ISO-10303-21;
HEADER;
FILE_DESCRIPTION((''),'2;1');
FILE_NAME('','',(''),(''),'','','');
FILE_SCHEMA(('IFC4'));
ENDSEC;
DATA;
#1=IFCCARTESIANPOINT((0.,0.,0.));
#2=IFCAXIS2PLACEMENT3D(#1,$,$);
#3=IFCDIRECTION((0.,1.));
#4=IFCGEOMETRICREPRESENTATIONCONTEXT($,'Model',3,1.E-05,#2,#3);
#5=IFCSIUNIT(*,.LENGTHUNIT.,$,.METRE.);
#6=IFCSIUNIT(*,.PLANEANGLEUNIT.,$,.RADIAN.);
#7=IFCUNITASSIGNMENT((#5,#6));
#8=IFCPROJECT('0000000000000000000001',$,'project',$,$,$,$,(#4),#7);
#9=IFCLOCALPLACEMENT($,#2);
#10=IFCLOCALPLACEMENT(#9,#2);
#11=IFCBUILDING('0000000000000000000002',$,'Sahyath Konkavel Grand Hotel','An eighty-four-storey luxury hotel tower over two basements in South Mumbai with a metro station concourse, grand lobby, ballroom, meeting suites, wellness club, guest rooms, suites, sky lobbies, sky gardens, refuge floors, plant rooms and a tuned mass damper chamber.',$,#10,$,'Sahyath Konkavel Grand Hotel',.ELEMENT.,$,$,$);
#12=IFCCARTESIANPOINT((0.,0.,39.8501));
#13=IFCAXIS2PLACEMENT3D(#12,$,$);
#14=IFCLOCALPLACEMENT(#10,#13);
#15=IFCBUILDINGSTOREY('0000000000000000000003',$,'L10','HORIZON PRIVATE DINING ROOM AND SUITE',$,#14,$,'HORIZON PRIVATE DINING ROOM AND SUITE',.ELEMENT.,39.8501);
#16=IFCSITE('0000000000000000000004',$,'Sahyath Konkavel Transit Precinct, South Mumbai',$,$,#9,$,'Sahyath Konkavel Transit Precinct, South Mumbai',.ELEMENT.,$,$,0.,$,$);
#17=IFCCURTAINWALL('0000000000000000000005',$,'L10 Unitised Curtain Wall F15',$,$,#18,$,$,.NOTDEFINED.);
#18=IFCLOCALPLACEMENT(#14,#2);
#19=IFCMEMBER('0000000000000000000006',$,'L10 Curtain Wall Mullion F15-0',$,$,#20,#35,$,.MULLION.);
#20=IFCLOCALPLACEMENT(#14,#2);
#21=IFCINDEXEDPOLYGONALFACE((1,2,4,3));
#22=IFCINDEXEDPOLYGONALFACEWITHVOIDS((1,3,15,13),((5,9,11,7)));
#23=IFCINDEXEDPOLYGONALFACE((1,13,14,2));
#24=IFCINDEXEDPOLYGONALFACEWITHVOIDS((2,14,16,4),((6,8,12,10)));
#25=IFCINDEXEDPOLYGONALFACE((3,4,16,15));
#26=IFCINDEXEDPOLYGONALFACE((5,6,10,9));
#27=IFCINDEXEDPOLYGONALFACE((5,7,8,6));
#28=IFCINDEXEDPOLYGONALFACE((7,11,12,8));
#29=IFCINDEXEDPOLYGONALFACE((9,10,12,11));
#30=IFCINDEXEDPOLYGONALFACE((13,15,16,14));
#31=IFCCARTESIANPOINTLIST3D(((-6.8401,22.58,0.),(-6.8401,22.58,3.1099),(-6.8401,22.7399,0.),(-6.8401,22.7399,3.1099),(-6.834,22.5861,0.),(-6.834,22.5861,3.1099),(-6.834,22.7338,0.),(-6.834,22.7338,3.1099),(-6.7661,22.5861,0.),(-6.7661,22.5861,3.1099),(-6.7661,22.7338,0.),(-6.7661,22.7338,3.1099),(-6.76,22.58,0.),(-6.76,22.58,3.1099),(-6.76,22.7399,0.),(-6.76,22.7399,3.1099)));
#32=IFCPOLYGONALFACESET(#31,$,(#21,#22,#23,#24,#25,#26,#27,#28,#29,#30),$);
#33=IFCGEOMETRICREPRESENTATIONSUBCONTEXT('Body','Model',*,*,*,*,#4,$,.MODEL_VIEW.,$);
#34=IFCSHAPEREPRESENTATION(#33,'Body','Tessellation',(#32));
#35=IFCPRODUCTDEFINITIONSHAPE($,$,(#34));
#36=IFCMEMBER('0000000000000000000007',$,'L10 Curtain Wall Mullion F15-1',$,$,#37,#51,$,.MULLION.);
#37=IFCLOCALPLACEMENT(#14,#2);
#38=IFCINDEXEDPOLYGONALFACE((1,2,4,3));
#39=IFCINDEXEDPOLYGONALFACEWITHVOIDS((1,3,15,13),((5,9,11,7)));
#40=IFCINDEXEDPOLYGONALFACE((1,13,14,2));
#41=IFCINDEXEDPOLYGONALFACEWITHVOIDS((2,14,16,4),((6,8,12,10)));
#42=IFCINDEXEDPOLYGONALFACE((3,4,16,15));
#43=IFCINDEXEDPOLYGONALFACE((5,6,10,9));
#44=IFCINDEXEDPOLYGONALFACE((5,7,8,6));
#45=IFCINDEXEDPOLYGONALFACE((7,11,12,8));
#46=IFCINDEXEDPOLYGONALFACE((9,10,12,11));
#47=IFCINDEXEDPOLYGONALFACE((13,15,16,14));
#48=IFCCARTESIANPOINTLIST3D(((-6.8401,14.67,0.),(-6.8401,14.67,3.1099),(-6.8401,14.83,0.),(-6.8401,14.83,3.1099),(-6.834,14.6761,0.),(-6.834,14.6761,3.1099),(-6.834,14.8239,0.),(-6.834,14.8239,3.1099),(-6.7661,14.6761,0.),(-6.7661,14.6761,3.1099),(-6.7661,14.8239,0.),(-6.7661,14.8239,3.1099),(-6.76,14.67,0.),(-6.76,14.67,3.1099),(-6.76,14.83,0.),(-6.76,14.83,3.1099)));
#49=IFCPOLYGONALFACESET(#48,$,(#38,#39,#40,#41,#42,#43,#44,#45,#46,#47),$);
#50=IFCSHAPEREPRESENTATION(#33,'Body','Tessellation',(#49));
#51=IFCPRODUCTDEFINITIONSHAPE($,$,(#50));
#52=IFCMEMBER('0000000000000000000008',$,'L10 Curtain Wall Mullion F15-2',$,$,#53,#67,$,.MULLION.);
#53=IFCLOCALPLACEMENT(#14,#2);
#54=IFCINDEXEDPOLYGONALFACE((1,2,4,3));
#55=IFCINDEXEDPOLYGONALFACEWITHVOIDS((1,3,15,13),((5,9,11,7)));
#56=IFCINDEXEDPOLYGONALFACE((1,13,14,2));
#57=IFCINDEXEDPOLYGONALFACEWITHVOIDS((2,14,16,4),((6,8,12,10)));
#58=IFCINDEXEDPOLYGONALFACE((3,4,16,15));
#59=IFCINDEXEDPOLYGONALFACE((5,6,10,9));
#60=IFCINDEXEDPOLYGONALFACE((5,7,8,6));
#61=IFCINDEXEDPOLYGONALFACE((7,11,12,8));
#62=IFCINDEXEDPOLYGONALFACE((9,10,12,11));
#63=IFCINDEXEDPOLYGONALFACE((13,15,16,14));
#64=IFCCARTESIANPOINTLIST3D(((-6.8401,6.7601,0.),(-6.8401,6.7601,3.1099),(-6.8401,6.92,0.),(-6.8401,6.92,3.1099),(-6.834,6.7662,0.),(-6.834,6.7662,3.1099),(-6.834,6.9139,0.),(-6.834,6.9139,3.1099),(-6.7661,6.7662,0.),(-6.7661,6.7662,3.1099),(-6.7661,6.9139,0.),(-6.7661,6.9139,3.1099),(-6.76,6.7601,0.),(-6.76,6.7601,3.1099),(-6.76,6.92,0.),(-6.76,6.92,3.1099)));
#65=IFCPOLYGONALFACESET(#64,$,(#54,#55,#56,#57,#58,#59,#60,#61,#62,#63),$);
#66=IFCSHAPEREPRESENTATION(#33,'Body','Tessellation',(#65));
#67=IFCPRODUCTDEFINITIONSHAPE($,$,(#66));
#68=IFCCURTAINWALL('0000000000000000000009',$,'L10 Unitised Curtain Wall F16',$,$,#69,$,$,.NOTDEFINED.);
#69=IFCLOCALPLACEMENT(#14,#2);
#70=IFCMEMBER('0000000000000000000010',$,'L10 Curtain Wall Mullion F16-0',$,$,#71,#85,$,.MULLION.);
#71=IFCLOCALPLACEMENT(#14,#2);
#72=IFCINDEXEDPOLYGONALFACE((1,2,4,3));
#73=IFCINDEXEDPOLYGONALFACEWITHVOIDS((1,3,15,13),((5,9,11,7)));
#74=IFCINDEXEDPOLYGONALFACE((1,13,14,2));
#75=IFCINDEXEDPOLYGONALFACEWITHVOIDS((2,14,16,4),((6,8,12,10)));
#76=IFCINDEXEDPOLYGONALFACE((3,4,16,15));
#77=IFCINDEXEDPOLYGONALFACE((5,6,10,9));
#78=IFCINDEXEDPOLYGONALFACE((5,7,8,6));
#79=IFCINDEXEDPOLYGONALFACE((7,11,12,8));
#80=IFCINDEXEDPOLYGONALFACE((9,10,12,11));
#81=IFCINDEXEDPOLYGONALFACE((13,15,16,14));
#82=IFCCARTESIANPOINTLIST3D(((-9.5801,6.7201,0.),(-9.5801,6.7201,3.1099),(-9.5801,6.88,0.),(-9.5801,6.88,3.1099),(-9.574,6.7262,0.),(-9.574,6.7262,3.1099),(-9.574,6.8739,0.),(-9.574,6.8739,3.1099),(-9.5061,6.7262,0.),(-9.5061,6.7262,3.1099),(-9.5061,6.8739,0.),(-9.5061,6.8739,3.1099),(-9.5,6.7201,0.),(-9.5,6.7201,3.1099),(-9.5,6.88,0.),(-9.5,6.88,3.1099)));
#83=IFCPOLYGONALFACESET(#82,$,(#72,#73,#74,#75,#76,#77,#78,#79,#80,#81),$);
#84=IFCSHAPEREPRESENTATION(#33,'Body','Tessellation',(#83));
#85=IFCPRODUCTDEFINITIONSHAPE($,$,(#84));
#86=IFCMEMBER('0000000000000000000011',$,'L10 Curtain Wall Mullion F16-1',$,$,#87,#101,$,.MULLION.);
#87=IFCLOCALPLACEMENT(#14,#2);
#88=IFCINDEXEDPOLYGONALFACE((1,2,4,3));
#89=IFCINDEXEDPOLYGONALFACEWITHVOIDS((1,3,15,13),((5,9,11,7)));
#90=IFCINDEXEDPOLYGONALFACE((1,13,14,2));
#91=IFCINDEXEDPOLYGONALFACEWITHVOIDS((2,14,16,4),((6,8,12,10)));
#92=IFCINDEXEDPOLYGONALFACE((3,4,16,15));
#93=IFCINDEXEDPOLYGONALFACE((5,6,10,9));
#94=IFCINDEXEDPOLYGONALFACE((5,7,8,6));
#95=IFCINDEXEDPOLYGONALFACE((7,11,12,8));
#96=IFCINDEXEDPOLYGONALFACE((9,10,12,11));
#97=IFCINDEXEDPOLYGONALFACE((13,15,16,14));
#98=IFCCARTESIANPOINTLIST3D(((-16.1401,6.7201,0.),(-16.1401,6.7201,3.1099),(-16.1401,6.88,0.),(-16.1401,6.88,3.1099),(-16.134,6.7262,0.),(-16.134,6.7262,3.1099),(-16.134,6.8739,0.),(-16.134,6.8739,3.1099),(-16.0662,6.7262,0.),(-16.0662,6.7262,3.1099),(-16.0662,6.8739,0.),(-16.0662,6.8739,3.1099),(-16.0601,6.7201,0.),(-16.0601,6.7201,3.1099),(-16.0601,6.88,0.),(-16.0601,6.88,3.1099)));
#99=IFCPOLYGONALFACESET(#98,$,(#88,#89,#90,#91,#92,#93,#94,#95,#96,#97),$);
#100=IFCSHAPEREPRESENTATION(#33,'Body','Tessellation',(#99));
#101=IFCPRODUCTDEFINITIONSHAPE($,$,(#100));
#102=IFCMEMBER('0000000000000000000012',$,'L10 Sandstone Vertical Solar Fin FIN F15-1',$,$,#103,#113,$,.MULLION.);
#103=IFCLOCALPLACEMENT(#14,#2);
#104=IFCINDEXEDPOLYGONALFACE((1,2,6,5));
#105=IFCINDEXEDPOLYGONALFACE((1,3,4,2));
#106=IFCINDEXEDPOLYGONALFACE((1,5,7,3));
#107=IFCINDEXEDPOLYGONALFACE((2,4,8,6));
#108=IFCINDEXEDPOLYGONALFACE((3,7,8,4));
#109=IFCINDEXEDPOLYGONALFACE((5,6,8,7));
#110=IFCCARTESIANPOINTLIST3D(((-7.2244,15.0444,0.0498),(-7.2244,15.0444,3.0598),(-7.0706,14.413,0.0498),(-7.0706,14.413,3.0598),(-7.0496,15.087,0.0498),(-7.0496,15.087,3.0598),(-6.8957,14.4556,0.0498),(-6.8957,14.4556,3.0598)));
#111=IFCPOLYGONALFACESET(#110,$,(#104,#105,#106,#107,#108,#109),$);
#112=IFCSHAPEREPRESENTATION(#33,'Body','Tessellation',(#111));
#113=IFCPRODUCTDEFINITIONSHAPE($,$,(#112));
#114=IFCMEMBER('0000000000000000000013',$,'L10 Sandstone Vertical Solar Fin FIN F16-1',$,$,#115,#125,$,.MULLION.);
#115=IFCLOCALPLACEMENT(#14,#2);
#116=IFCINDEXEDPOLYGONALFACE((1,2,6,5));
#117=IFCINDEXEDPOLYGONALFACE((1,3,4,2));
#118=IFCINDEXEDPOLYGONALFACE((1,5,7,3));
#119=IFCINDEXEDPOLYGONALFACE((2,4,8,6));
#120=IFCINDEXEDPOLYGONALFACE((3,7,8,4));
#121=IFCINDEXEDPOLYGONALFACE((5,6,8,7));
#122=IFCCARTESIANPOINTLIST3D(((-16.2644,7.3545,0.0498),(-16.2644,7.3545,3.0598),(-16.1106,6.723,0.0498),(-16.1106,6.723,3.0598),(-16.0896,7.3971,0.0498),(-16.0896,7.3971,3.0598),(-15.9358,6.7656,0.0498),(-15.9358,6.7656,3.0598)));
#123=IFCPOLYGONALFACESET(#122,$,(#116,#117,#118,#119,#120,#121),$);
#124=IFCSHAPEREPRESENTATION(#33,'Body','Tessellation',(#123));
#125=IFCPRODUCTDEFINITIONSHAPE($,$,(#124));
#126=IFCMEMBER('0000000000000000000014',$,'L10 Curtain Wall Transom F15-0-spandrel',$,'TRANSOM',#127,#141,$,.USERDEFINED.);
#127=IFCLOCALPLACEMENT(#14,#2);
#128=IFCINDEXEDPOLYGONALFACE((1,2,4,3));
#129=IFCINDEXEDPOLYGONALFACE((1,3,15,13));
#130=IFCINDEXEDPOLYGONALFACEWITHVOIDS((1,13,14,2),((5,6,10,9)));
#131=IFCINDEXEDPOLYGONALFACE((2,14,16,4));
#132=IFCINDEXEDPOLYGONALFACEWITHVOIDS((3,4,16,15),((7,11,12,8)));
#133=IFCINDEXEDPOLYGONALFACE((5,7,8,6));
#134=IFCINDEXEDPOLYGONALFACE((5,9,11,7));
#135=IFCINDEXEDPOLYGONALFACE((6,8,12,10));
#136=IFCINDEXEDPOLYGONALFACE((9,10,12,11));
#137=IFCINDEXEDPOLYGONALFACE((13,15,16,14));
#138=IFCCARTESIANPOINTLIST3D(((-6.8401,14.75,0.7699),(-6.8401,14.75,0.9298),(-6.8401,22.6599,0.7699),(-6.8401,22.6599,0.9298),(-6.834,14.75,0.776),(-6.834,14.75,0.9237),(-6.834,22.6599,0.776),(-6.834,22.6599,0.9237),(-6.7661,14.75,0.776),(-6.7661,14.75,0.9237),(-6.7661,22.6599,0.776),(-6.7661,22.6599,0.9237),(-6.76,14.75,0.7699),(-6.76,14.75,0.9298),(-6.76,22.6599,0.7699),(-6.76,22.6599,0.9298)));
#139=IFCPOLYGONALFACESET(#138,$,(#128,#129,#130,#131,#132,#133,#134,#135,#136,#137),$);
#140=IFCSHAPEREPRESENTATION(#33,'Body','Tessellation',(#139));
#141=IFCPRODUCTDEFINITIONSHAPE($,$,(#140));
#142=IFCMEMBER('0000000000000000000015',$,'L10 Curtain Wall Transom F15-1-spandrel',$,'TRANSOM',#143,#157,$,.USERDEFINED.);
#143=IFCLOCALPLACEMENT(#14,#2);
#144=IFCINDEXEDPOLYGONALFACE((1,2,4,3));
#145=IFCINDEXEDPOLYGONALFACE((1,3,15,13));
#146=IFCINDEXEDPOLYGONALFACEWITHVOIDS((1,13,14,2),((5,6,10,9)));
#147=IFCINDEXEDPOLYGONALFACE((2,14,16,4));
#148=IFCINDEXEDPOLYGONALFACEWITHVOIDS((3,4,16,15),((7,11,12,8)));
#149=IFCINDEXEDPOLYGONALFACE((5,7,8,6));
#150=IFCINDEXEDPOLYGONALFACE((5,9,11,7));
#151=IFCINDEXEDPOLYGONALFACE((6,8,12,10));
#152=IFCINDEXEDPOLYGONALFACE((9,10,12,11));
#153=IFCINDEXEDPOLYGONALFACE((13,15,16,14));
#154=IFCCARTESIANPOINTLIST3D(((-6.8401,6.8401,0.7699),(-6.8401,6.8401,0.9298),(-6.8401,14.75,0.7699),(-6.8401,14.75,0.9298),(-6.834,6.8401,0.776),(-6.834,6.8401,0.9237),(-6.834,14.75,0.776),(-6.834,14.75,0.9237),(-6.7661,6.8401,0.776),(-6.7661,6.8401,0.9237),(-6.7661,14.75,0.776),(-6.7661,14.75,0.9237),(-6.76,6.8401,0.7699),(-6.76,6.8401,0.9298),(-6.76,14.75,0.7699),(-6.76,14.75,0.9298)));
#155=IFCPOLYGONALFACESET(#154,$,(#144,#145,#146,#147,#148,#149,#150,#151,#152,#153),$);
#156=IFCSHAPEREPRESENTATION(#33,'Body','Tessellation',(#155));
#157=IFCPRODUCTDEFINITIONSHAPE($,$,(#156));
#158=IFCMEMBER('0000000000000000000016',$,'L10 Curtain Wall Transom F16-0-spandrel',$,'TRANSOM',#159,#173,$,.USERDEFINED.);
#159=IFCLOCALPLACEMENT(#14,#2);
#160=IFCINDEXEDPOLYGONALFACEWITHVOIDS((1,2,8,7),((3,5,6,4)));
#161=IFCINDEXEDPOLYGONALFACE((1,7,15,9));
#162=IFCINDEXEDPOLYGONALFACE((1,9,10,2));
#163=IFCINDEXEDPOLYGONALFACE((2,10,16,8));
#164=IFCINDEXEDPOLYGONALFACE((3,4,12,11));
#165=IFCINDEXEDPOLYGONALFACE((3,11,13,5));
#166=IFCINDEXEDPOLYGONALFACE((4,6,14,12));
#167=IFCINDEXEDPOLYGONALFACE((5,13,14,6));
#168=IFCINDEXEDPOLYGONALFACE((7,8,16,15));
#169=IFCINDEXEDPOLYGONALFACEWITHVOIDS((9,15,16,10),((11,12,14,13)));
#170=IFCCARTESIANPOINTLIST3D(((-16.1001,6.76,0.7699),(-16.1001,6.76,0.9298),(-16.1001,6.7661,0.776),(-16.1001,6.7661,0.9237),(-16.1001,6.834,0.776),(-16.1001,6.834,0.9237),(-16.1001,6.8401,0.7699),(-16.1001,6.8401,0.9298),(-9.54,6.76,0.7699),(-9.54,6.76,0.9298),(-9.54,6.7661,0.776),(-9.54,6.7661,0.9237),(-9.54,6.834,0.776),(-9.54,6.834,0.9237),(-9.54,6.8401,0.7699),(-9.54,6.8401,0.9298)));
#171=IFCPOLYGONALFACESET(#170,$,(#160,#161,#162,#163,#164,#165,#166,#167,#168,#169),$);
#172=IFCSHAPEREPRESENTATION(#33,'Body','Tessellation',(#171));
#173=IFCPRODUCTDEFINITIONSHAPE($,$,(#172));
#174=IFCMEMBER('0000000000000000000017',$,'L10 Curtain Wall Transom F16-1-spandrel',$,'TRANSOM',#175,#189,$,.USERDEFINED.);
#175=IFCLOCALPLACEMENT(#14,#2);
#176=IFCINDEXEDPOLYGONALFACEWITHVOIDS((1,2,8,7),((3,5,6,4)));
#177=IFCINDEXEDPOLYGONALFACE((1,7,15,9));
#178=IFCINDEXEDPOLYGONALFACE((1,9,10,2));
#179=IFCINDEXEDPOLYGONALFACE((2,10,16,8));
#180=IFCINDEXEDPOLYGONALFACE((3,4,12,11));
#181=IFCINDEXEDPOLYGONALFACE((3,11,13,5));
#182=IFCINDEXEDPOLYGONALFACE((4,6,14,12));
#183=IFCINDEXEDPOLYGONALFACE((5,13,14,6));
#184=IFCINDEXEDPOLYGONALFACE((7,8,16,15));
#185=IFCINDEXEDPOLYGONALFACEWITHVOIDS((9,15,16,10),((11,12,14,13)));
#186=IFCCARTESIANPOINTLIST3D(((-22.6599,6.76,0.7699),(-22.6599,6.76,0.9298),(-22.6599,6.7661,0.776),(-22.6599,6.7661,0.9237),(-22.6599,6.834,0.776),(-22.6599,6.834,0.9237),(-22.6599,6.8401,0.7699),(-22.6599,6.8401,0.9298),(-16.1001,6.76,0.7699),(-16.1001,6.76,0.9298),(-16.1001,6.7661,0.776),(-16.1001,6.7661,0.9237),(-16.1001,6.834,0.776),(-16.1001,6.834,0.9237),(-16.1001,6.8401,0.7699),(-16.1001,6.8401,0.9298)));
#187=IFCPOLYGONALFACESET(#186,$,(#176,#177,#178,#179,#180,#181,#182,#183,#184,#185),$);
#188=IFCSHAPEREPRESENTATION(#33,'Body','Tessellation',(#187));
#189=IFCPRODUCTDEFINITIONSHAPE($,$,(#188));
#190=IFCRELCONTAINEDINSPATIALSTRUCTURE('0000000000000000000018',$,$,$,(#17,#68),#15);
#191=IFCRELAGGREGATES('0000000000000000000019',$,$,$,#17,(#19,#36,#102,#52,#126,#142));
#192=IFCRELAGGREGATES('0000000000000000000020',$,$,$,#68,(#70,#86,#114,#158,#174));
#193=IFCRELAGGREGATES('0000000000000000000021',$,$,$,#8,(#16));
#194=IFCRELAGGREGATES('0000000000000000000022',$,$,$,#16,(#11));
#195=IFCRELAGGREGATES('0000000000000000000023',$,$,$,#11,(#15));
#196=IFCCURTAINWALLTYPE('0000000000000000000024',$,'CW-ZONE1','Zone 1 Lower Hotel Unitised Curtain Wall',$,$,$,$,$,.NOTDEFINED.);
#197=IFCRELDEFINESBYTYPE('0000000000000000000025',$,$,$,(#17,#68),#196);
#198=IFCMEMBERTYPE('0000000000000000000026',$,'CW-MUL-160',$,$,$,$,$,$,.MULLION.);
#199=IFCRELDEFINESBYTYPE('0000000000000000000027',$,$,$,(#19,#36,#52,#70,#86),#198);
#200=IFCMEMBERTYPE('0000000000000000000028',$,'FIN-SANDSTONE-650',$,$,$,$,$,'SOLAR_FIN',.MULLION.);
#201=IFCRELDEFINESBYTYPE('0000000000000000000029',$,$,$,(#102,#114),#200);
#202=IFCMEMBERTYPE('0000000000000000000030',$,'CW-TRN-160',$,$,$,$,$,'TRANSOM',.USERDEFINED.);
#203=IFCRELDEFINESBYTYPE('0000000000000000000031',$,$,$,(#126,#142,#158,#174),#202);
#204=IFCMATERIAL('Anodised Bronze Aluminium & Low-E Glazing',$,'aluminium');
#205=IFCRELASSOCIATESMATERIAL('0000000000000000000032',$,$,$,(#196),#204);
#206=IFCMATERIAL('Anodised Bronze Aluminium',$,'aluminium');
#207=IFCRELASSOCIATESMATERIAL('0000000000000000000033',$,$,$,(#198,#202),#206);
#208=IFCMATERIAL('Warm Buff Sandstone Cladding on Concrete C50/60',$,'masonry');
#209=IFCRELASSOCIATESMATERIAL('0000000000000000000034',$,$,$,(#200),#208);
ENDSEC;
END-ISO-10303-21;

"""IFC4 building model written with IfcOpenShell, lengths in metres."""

from ifc_helpers import new_model, si_unit, direction, frame, origin, origin_2d, place, context, subcontext, project, spatial, rectangle, hollow_rectangle, extrude, source, transform, mapped, material, material_profile, profile_set, type_object, element, aggregate, save


model = new_model("IFC4")

# Units and contexts
model_context = context("Model", 3, precision=1e-05, world=origin(), true_north=direction((0.0, 1.0)))
body_context = subcontext(model_context, "Body", "Model", "MODEL_VIEW")
ifc_project = project(units=[si_unit("LENGTHUNIT", "METRE"), si_unit("PLANEANGLEUNIT", "RADIAN")], contexts=[model_context])

# Site, building, storey
site_placement = place(None, origin())
site = spatial("IfcSite", under=ifc_project, at=site_placement, Name="Sahyath Konkavel Transit Precinct, South Mumbai", LongName="Sahyath Konkavel Transit Precinct, South Mumbai", CompositionType="ELEMENT", RefElevation=0.0)
building_placement = place(site_placement, origin())
building = spatial("IfcBuilding", under=site, at=building_placement, Name="Sahyath Konkavel Grand Hotel", Description="An eighty-four-storey luxury hotel tower over two basements in South Mumbai with a metro station concourse, grand lobby, ballroom, meeting suites, wellness club, guest rooms, suites, sky lobbies, sky gardens, refuge floors, plant rooms and a tuned mass damper chamber.", LongName="Sahyath Konkavel Grand Hotel", CompositionType="ELEMENT")
storey_placement = place(building_placement, frame((0.0, 0.0, 39.8501)))
storey = spatial("IfcBuildingStorey", under=building, at=storey_placement, Name="L10", Description="HORIZON PRIVATE DINING ROOM AND SUITE", LongName="HORIZON PRIVATE DINING ROOM AND SUITE", CompositionType="ELEMENT", Elevation=39.8501)

# Curtain walls, members
ifc_material_1 = material(Name="Anodised Bronze Aluminium & Low-E Glazing", Category="aluminium")
curtain_wall_type = type_object("IfcCurtainWallType", Name="CW-ZONE1", Description="Zone 1 Lower Hotel Unitised Curtain Wall", PredefinedType="NOTDEFINED", material=ifc_material_1)
curtain_wall_1_placement = place(storey_placement, origin())
curtain_wall_1 = element("IfcCurtainWall", 1, at=curtain_wall_1_placement, inside=storey, type_object=curtain_wall_type, Name="L10 Unitised Curtain Wall F15", PredefinedType="NOTDEFINED")
ifc_material_2 = material(Name="Anodised Bronze Aluminium", Category="aluminium")
ifc_material_profile_1 = material_profile(ifc_material_2, hollow_rectangle(XDim=0.0801, YDim=0.1599, WallThickness=0.0061, at=origin_2d()), Name="RHS 160x80x6")
ifc_profile_set_1 = profile_set([ifc_material_profile_1], Name="Anodised Bronze Aluminium")
member_type_1 = type_object("IfcMemberType", Name="CW-MUL-160", PredefinedType="MULLION", material=ifc_profile_set_1)
shared_shape_1 = source(origin(), body_context, "Body", "SweptSolid", [
    extrude(hollow_rectangle(XDim=0.0801, YDim=0.1599, WallThickness=0.0061, at=origin_2d()), origin(), (0.0, 0.0, 1.0), 3.1099),
])
member_1_placement = place(storey_placement, frame((-6.8, 22.6599, 0.0), z_axis=(0.0, 0.0, 1.0), x_axis=(1.0, 0.0, 0.0)))
member_1 = element("IfcMember", 2, at=member_1_placement, type_object=member_type_1, Name="L10 Curtain Wall Mullion F15-0", PredefinedType="MULLION", context=body_context, shape_type="MappedRepresentation", body=[
    mapped(shared_shape_1, transform((0.0, 0.0, 0.0), scale=1.0)),
])
member_2_placement = place(storey_placement, frame((-6.8, 14.75, 0.0), z_axis=(0.0, 0.0, 1.0), x_axis=(1.0, 0.0, 0.0)))
member_2 = element("IfcMember", 3, at=member_2_placement, type_object=member_type_1, Name="L10 Curtain Wall Mullion F15-1", PredefinedType="MULLION", context=body_context, shape_type="MappedRepresentation", body=[
    mapped(shared_shape_1, transform((0.0, 0.0, 0.0), scale=1.0)),
])
member_3_placement = place(storey_placement, frame((-6.8, 6.8401, 0.0), z_axis=(0.0, 0.0, 1.0), x_axis=(1.0, 0.0, 0.0)))
member_3 = element("IfcMember", 4, at=member_3_placement, type_object=member_type_1, Name="L10 Curtain Wall Mullion F15-2", PredefinedType="MULLION", context=body_context, shape_type="MappedRepresentation", body=[
    mapped(shared_shape_1, transform((0.0, 0.0, 0.0), scale=1.0)),
])
curtain_wall_2_placement = place(storey_placement, origin())
curtain_wall_2 = element("IfcCurtainWall", 5, at=curtain_wall_2_placement, inside=storey, type_object=curtain_wall_type, Name="L10 Unitised Curtain Wall F16", PredefinedType="NOTDEFINED")
member_4_placement = place(storey_placement, frame((-9.54, 6.8, 0.0), z_axis=(0.0, 0.0, 1.0), x_axis=(1.0, 0.0, 0.0)))
member_4 = element("IfcMember", 6, at=member_4_placement, type_object=member_type_1, Name="L10 Curtain Wall Mullion F16-0", PredefinedType="MULLION", context=body_context, shape_type="MappedRepresentation", body=[
    mapped(shared_shape_1, transform((0.0, 0.0, 0.0), scale=1.0)),
])
member_5_placement = place(storey_placement, frame((-16.1001, 6.8, 0.0), z_axis=(0.0, 0.0, 1.0), x_axis=(1.0, 0.0, 0.0)))
member_5 = element("IfcMember", 7, at=member_5_placement, type_object=member_type_1, Name="L10 Curtain Wall Mullion F16-1", PredefinedType="MULLION", context=body_context, shape_type="MappedRepresentation", body=[
    mapped(shared_shape_1, transform((0.0, 0.0, 0.0), scale=1.0)),
])

# Members
ifc_material_3 = material(Name="Warm Buff Sandstone Cladding on Concrete C50/60", Category="masonry")
ifc_material_profile_2 = material_profile(ifc_material_3, rectangle(XDim=0.1799, YDim=0.6499, at=origin_2d()), Name="FIN 180x650")
ifc_profile_set_2 = profile_set([ifc_material_profile_2], Name="Warm Buff Sandstone Cladding on Concrete C50/60")
member_type_2 = type_object("IfcMemberType", Name="FIN-SANDSTONE-650", ElementType="SOLAR_FIN", PredefinedType="MULLION", material=ifc_profile_set_2)
shared_shape_2 = source(origin(), body_context, "Body", "SweptSolid", [
    extrude(rectangle(XDim=0.1799, YDim=0.6499, at=origin_2d()), origin(), (0.0, 0.0, 1.0), 3.01),
])
member_6_placement = place(storey_placement, frame((-7.0601, 14.75, 0.0498), z_axis=(0.0, 0.0, 1.0), x_axis=(0.97159, 0.236669, 0.0)))
member_6 = element("IfcMember", 8, at=member_6_placement, type_object=member_type_2, Name="L10 Sandstone Vertical Solar Fin FIN F15-1", PredefinedType="MULLION", context=body_context, shape_type="MappedRepresentation", body=[
    mapped(shared_shape_2, transform((0.0, 0.0, 0.0), scale=1.0)),
])
member_7_placement = place(storey_placement, frame((-16.1001, 7.0601, 0.0498), z_axis=(0.0, 0.0, 1.0), x_axis=(0.97159, 0.236669, 0.0)))
member_7 = element("IfcMember", 9, at=member_7_placement, type_object=member_type_2, Name="L10 Sandstone Vertical Solar Fin FIN F16-1", PredefinedType="MULLION", context=body_context, shape_type="MappedRepresentation", body=[
    mapped(shared_shape_2, transform((0.0, 0.0, 0.0), scale=1.0)),
])
ifc_material_profile_3 = material_profile(ifc_material_2, hollow_rectangle(XDim=0.0801, YDim=0.1599, WallThickness=0.0061, at=origin_2d()), Name="RHS 160x80x6")
ifc_profile_set_3 = profile_set([ifc_material_profile_3], Name="Anodised Bronze Aluminium")
member_type_3 = type_object("IfcMemberType", Name="CW-TRN-160", ElementType="TRANSOM", PredefinedType="USERDEFINED", material=ifc_profile_set_3)
shared_shape_3 = source(origin(), body_context, "Body", "SweptSolid", [
    extrude(hollow_rectangle(XDim=0.0801, YDim=0.1599, WallThickness=0.0061, at=origin_2d()), origin(), (0.0, 0.0, 1.0), 7.9099),
])
member_8_placement = place(storey_placement, frame((-6.8, 22.6599, 0.8499), z_axis=(0.0, -1.0, 0.0), x_axis=(1.0, 0.0, 0.0)))
member_8 = element("IfcMember", 10, at=member_8_placement, type_object=member_type_3, Name="L10 Curtain Wall Transom F15-0-spandrel", ObjectType="TRANSOM", PredefinedType="USERDEFINED", context=body_context, shape_type="MappedRepresentation", body=[
    mapped(shared_shape_3, transform((0.0, 0.0, 0.0), scale=1.0)),
])
member_9_placement = place(storey_placement, frame((-6.8, 14.75, 0.8499), z_axis=(0.0, -1.0, 0.0), x_axis=(1.0, 0.0, 0.0)))
member_9 = element("IfcMember", 11, at=member_9_placement, type_object=member_type_3, Name="L10 Curtain Wall Transom F15-1-spandrel", ObjectType="TRANSOM", PredefinedType="USERDEFINED", context=body_context, shape_type="MappedRepresentation", body=[
    mapped(shared_shape_3, transform((0.0, 0.0, 0.0), scale=1.0)),
])
shared_shape_4 = source(origin(), body_context, "Body", "SweptSolid", [
    extrude(hollow_rectangle(XDim=0.0801, YDim=0.1599, WallThickness=0.0061, at=origin_2d()), origin(), (0.0, 0.0, 1.0), 6.5601),
])
member_10_placement = place(storey_placement, frame((-9.54, 6.8, 0.8499), z_axis=(-1.0, 0.0, 0.0), x_axis=(0.0, -1.0, 0.0)))
member_10 = element("IfcMember", 12, at=member_10_placement, type_object=member_type_3, Name="L10 Curtain Wall Transom F16-0-spandrel", ObjectType="TRANSOM", PredefinedType="USERDEFINED", context=body_context, shape_type="MappedRepresentation", body=[
    mapped(shared_shape_4, transform((0.0, 0.0, 0.0), scale=1.0)),
])
shared_shape_5 = source(origin(), body_context, "Body", "SweptSolid", [
    extrude(hollow_rectangle(XDim=0.0801, YDim=0.1599, WallThickness=0.0061, at=origin_2d()), origin(), (0.0, 0.0, 1.0), 6.5598),
])
member_11_placement = place(storey_placement, frame((-16.1001, 6.8, 0.8499), z_axis=(-1.0, 0.0, 0.0), x_axis=(0.0, -1.0, 0.0)))
member_11 = element("IfcMember", 13, at=member_11_placement, type_object=member_type_3, Name="L10 Curtain Wall Transom F16-1-spandrel", ObjectType="TRANSOM", PredefinedType="USERDEFINED", context=body_context, shape_type="MappedRepresentation", body=[
    mapped(shared_shape_5, transform((0.0, 0.0, 0.0), scale=1.0)),
])

aggregate(curtain_wall_1, [member_1, member_2, member_6, member_3, member_8, member_9])
aggregate(curtain_wall_2, [member_4, member_5, member_7, member_10, member_11])

save(model, "model.ifc")
